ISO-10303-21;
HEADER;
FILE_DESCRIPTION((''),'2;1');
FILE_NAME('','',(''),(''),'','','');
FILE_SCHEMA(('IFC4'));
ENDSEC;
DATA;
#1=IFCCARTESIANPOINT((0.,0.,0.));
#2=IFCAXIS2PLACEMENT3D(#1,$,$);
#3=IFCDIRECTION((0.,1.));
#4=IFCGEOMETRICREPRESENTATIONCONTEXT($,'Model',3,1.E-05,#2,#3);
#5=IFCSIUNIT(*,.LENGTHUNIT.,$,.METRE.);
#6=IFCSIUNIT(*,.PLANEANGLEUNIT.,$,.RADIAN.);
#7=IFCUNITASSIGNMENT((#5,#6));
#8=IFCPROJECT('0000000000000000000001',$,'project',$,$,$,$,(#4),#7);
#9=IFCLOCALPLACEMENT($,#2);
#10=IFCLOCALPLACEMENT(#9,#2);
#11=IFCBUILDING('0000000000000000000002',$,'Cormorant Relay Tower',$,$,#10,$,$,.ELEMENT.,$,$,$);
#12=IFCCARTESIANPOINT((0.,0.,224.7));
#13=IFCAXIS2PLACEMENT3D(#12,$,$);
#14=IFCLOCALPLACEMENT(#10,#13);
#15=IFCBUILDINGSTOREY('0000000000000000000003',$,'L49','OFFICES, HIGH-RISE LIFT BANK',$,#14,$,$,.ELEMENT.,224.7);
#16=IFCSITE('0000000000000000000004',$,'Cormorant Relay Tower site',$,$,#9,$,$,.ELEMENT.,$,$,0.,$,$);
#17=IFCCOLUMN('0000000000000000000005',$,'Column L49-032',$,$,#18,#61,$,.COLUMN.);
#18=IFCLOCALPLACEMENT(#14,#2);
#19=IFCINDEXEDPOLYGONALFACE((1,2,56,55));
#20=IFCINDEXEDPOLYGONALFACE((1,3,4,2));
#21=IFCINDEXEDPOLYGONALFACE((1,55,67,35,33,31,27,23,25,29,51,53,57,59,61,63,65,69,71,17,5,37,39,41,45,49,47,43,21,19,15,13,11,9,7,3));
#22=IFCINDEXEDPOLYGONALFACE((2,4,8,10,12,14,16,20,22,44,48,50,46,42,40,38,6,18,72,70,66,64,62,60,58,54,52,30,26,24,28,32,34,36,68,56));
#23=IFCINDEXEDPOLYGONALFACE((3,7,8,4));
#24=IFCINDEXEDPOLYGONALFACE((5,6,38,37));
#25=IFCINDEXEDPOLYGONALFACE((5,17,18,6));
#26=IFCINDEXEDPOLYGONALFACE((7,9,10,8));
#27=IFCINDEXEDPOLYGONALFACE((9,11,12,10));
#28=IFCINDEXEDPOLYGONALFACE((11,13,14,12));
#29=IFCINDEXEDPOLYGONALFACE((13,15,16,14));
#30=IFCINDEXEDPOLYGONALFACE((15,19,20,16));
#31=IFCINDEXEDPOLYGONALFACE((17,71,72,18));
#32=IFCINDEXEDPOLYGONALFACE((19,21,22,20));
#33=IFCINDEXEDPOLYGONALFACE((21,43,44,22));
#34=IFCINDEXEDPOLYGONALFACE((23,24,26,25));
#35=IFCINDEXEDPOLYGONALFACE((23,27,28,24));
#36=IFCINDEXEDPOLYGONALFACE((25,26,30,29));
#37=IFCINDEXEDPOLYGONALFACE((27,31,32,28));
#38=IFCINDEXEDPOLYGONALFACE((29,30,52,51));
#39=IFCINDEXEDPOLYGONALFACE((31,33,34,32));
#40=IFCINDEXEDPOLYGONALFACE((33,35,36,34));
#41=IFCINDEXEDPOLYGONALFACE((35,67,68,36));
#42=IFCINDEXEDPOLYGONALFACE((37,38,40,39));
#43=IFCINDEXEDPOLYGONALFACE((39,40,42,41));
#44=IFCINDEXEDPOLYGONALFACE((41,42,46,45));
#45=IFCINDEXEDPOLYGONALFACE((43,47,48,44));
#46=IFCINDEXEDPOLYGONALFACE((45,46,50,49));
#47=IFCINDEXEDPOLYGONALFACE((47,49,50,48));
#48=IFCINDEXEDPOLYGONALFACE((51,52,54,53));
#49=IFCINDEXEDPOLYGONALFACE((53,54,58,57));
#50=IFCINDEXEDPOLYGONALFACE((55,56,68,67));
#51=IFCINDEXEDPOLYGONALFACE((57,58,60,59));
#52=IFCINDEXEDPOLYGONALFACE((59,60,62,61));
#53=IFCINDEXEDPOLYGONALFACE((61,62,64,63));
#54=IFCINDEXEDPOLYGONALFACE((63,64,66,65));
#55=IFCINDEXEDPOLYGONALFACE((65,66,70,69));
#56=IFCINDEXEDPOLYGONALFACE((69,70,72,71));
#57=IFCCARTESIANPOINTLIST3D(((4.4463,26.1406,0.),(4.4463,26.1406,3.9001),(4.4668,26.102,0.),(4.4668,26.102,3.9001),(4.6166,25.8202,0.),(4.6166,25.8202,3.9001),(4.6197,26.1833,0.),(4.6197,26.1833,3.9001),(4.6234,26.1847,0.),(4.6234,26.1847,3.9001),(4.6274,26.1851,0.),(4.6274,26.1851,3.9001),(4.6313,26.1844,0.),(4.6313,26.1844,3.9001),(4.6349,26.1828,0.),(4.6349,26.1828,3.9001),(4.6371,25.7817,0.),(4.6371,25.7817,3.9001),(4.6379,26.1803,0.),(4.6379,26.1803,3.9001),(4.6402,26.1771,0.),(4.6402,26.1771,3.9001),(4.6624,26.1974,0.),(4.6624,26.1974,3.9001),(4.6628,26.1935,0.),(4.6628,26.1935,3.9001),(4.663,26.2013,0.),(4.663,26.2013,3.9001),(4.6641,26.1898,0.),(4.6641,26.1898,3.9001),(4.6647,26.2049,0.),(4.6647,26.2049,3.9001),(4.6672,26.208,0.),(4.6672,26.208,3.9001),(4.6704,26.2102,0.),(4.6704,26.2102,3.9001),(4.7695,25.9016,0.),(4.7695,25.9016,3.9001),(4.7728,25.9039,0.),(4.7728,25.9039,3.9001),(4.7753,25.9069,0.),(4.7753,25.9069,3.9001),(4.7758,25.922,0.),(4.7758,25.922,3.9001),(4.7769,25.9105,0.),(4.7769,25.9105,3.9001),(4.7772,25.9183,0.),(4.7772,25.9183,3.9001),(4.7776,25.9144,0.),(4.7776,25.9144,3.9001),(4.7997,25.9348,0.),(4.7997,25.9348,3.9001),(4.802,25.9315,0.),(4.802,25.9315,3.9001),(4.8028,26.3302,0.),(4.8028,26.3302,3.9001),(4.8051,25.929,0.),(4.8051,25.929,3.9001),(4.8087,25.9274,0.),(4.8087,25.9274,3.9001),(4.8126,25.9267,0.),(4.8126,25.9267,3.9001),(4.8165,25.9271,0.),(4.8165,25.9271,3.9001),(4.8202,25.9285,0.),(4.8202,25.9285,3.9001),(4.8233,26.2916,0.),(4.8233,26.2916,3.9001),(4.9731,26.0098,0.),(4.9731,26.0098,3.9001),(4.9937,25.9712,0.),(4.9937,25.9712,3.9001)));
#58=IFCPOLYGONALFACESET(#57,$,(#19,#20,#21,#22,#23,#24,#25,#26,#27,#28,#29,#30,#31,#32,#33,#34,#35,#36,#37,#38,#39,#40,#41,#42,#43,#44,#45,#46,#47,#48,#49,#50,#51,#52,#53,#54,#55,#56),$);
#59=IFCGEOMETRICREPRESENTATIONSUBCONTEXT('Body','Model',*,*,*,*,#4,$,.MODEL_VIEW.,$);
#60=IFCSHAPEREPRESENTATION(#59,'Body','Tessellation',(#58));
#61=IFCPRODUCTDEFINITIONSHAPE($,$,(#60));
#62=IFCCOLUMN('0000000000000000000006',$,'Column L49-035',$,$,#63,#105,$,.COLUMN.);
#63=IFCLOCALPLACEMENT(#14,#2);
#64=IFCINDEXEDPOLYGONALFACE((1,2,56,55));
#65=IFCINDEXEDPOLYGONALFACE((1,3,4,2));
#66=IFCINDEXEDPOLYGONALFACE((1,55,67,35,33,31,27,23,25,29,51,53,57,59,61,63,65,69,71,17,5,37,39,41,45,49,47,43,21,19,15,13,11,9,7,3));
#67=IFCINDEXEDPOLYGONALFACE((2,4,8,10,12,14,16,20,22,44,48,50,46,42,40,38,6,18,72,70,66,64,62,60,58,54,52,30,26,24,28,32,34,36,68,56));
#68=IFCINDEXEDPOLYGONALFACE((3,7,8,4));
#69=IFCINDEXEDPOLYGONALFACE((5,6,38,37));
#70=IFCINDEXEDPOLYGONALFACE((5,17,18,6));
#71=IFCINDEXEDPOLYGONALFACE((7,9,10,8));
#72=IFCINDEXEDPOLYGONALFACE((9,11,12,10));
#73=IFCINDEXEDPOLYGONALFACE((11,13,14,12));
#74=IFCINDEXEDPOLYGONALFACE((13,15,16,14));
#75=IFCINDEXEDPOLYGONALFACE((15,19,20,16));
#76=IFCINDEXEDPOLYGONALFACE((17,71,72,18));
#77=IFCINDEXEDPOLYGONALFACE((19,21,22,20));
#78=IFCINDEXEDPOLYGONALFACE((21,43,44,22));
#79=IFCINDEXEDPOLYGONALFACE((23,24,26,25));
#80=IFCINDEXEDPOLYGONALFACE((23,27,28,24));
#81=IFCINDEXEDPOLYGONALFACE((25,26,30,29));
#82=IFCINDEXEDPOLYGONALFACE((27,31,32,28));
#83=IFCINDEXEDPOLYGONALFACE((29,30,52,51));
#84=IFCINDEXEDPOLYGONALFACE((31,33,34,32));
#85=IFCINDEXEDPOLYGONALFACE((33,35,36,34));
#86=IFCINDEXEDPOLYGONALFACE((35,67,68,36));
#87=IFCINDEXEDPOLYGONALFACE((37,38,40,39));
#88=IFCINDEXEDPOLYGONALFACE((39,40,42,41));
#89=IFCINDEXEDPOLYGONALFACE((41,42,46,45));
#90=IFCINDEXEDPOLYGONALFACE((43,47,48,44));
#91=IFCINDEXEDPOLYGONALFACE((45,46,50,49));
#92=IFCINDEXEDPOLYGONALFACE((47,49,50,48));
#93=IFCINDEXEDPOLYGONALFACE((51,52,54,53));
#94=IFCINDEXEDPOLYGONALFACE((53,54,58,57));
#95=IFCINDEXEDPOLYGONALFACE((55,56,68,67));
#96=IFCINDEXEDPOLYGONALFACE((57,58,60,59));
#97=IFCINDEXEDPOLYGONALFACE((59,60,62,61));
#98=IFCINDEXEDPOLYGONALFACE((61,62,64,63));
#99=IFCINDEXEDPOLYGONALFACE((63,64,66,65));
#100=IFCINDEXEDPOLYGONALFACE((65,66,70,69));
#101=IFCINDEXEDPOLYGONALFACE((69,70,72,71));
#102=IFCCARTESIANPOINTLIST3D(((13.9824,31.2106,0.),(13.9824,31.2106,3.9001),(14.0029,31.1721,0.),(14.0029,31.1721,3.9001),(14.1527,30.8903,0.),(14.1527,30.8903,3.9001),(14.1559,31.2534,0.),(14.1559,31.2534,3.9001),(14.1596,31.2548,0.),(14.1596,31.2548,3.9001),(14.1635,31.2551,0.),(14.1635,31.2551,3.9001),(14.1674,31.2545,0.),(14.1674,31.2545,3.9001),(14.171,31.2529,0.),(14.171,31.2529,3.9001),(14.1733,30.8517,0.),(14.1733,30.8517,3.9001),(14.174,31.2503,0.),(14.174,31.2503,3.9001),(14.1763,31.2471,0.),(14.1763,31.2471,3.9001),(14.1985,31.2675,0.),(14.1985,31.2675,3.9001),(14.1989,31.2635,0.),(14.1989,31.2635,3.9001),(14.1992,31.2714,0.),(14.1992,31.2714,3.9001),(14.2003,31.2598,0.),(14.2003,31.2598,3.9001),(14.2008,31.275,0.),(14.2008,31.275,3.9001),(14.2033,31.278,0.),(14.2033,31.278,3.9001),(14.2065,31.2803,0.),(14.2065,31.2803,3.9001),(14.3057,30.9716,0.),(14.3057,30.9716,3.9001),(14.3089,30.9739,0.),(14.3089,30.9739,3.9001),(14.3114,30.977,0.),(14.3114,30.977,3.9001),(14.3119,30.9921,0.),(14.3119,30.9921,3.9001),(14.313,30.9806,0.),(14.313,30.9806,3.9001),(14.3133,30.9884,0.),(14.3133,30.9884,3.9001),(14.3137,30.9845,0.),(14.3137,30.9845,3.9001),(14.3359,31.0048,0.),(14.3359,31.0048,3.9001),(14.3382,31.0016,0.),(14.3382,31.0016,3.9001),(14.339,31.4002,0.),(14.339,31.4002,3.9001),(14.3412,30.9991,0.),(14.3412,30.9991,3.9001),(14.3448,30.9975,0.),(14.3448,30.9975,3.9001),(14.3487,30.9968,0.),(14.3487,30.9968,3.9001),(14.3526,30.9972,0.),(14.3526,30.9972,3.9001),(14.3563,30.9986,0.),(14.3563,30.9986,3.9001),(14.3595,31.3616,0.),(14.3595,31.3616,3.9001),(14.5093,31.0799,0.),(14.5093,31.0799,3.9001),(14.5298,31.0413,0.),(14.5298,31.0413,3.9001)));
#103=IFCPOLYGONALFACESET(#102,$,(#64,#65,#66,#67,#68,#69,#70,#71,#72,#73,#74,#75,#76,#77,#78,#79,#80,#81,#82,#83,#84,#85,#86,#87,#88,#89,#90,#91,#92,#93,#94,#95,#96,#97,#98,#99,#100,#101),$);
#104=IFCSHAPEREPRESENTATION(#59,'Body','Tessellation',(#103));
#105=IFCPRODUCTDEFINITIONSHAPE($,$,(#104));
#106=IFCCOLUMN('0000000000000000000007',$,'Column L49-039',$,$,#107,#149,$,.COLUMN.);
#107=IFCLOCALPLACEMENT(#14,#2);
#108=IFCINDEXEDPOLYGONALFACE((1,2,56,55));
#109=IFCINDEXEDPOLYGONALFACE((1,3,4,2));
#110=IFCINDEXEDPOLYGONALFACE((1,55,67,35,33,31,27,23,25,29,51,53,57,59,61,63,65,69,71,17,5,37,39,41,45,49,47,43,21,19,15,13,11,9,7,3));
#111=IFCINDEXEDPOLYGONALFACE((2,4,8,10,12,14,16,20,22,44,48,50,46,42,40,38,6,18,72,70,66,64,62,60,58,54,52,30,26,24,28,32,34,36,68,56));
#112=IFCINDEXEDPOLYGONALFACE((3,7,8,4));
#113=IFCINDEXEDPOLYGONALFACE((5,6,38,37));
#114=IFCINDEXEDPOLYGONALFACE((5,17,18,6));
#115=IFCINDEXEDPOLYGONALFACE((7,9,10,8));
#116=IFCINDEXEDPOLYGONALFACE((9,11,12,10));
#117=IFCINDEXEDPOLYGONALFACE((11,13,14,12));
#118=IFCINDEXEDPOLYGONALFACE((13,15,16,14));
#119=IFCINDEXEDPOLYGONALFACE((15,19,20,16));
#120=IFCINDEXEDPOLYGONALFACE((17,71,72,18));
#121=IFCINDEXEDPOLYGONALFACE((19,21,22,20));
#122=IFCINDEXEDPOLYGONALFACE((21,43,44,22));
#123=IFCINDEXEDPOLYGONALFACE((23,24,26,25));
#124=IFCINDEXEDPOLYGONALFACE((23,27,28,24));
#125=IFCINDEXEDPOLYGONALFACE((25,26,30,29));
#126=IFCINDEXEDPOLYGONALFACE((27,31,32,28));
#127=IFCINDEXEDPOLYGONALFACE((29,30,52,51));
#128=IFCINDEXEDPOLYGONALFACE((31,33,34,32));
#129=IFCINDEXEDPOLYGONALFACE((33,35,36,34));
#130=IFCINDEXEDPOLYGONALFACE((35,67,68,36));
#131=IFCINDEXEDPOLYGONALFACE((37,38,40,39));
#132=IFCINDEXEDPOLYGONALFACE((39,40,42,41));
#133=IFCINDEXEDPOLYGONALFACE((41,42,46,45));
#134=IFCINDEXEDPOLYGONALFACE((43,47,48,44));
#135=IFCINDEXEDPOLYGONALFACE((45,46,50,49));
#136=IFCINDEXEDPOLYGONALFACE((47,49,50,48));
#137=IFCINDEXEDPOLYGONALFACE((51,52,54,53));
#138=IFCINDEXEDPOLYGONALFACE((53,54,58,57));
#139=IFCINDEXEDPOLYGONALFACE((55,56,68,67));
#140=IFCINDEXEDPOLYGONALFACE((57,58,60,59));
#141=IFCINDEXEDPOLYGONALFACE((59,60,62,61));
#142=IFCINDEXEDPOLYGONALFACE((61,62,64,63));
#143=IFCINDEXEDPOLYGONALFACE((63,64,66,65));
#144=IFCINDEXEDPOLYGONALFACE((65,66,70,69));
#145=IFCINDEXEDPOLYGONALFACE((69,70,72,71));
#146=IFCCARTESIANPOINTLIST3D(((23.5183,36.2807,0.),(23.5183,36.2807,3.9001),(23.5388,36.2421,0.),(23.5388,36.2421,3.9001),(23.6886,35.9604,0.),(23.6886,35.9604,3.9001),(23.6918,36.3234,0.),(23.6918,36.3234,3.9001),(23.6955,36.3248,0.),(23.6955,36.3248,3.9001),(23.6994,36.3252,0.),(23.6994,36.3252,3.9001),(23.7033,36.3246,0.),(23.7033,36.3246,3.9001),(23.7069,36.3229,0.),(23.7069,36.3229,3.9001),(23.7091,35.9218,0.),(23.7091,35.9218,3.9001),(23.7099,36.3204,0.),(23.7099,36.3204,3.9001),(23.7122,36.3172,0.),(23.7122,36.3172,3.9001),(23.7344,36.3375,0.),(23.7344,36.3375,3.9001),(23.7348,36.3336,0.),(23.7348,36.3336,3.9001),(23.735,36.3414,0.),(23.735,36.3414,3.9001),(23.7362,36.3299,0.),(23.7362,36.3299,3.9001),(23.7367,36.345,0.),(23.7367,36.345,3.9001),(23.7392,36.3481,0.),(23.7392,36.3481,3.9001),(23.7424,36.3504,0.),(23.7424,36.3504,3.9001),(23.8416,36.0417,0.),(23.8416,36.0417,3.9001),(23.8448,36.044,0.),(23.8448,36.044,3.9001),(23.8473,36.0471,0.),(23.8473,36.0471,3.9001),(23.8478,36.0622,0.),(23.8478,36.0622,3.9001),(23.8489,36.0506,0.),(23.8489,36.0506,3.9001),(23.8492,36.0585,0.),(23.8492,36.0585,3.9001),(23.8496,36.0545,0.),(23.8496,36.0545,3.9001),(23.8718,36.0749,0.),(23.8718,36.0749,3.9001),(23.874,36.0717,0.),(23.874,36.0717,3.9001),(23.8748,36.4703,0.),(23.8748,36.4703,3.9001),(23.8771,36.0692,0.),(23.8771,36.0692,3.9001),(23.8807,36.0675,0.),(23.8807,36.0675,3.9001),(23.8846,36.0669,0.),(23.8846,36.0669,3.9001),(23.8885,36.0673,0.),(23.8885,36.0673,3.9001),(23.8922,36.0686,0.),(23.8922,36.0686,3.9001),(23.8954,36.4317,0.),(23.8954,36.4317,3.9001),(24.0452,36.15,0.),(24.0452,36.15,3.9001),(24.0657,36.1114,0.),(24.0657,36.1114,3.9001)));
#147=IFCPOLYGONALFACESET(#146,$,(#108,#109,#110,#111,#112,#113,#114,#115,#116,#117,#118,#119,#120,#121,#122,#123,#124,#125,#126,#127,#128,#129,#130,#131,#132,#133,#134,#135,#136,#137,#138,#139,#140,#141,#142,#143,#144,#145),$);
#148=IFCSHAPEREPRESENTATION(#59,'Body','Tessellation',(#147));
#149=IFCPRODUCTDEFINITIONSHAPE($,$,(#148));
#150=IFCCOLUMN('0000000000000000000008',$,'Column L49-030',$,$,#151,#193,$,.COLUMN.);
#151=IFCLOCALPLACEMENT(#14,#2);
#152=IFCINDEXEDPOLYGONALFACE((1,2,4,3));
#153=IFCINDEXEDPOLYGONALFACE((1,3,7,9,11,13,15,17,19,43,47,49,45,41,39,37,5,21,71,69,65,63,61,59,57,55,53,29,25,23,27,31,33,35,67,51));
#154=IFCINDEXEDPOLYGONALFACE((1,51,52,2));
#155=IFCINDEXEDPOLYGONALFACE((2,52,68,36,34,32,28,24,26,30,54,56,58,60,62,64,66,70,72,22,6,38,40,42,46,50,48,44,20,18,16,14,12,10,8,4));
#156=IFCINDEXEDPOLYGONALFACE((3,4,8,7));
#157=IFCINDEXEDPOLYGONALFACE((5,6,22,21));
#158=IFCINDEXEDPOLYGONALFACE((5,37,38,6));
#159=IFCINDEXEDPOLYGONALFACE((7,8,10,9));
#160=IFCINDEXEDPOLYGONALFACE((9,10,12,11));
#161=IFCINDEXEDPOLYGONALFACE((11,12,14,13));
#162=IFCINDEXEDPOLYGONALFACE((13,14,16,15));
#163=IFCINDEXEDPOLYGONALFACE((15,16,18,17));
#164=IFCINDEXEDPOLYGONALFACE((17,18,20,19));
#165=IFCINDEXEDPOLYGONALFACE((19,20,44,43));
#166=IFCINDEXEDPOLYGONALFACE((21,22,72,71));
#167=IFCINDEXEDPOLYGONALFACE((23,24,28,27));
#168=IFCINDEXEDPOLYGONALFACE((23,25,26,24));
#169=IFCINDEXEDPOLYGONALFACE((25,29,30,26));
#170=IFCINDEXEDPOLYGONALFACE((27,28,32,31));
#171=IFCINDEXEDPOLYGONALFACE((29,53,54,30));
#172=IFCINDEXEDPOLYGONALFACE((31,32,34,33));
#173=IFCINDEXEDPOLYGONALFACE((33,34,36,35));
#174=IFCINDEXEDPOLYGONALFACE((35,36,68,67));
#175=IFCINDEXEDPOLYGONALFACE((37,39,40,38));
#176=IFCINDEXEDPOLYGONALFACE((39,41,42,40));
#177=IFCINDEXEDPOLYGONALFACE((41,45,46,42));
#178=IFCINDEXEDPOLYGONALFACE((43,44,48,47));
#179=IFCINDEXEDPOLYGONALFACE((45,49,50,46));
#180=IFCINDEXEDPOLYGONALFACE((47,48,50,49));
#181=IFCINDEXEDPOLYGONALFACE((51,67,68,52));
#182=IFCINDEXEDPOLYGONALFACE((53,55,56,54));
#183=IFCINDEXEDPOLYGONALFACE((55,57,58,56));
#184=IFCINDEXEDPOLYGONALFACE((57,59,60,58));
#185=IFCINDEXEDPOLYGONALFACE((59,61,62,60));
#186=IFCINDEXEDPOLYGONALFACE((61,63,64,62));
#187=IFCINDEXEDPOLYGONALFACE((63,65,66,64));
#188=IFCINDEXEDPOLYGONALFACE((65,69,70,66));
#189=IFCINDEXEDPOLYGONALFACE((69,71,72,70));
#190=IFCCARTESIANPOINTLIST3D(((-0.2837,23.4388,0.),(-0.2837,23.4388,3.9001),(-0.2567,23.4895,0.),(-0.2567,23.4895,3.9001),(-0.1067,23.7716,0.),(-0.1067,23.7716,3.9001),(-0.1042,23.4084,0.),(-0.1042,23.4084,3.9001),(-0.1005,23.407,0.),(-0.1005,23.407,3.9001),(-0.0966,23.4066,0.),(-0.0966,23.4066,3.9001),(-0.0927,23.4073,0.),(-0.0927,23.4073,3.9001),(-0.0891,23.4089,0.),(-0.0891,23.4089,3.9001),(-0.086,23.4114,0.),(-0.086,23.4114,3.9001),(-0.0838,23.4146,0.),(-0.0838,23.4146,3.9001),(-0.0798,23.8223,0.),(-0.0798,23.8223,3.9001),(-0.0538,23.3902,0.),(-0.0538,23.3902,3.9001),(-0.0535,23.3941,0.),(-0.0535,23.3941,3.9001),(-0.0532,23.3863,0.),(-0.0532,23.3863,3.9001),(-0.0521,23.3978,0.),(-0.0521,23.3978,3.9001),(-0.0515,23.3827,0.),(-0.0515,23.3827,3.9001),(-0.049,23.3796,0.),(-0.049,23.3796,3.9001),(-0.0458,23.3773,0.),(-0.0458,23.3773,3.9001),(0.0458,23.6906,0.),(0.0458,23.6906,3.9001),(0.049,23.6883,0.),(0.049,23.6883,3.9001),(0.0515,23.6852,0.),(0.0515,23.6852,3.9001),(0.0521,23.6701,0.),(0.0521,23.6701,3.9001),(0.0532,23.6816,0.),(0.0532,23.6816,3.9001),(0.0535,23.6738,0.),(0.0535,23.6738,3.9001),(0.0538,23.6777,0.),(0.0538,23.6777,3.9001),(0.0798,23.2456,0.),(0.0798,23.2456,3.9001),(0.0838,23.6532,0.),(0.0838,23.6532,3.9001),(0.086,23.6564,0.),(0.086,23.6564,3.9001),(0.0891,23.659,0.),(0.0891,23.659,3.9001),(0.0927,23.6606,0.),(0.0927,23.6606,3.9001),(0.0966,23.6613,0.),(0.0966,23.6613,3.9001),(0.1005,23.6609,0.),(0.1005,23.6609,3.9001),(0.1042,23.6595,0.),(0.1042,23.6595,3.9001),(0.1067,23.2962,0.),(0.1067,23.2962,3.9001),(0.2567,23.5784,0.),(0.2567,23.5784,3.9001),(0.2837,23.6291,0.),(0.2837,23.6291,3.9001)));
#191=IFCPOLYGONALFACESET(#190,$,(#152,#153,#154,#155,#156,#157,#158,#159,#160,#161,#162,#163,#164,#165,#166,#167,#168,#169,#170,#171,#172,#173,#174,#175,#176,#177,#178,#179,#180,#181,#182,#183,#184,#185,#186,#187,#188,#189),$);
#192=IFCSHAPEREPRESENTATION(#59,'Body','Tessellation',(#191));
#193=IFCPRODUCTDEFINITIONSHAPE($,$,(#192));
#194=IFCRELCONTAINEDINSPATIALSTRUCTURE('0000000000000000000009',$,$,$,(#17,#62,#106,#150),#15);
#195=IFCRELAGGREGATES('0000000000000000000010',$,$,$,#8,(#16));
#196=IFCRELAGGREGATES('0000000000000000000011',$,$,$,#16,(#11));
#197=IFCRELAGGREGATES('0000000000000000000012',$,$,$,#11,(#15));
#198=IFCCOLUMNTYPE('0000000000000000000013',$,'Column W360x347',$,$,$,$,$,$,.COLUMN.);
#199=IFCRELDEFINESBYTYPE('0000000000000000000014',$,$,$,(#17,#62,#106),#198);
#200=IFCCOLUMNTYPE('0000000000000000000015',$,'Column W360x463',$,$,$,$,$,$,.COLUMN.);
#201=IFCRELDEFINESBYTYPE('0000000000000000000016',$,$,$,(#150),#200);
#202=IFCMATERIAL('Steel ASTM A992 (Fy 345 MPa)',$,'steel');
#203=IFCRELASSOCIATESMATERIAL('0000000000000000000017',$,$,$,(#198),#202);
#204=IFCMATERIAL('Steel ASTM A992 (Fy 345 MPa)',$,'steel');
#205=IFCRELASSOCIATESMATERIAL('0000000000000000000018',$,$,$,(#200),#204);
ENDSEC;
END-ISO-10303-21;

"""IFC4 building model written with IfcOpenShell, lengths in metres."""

from ifc_helpers import new_model, si_unit, direction, frame, origin, origin_2d, place, context, subcontext, project, spatial, i_section, extrude, material, material_profile, profile_set, type_object, element, save


model = new_model("IFC4")

# Units and contexts
model_context = context("Model", 3, precision=1e-05, world=origin(), true_north=direction((0.0, 1.0)))
body_context = subcontext(model_context, "Body", "Model", "MODEL_VIEW")
ifc_project = project(units=[si_unit("LENGTHUNIT", "METRE"), si_unit("PLANEANGLEUNIT", "RADIAN")], contexts=[model_context])

# Site, building, storey
site_placement = place(None, origin())
site = spatial("IfcSite", under=ifc_project, at=site_placement, Name="Cormorant Relay Tower site", CompositionType="ELEMENT", RefElevation=0.0)
building_placement = place(site_placement, origin())
building = spatial("IfcBuilding", under=site, at=building_placement, Name="Cormorant Relay Tower", CompositionType="ELEMENT")
storey_placement = place(building_placement, frame((0.0, 0.0, 224.7)))
storey = spatial("IfcBuildingStorey", under=building, at=storey_placement, Name="L49", Description="OFFICES, HIGH-RISE LIFT BANK", CompositionType="ELEMENT", Elevation=224.7)

# Columns
ifc_material_1 = material(Name="Steel ASTM A992 (Fy 345 MPa)", Category="steel")
ifc_material_profile_1 = material_profile(ifc_material_1, i_section(OverallWidth=0.4038, OverallDepth=0.4065, WebThickness=0.0271, FlangeThickness=0.0437, FilletRadius=0.0151, at=origin_2d()), Name="W360x347")
ifc_profile_set_1 = profile_set([ifc_material_profile_1], Name="Steel ASTM A992 (Fy 345 MPa)")
column_type_1 = type_object("IfcColumnType", Name="Column W360x347", PredefinedType="COLUMN", material=ifc_profile_set_1)
for number, where, z_axis, x_axis, name in (
    (1, (4.72, 26.0559, 0.0), (0.0, 0.0, 1.0), (-0.882948, -0.469472, 0.0), "Column L49-032"),
    (2, (14.2561, 31.126, 0.0), (0.0, 0.0, 1.0), (-0.882948, -0.469472, 0.0), "Column L49-035"),
    (3, (23.792, 36.196, 0.0), (0.0, 0.0, 1.0), (-0.882948, -0.469472, 0.0), "Column L49-039"),
):
    element("IfcColumn", number, at=place(storey_placement, frame(where, z_axis=z_axis, x_axis=x_axis)), inside=storey, type_object=column_type_1, Name=name, PredefinedType="COLUMN", context=body_context, shape_type="SweptSolid", body=[
        extrude(i_section(OverallWidth=0.4038, OverallDepth=0.4065, WebThickness=0.0271, FlangeThickness=0.0437, FilletRadius=0.0151, at=origin_2d()), origin(), (0.0, 0.0, 1.0), 3.9001),
    ])
ifc_material_2 = material(Name="Steel ASTM A992 (Fy 345 MPa)", Category="steel")
ifc_material_profile_2 = material_profile(ifc_material_2, i_section(OverallWidth=0.4116, OverallDepth=0.4343, WebThickness=0.0359, FlangeThickness=0.0574, FilletRadius=0.0151, at=origin_2d()), Name="W360x463")
ifc_profile_set_2 = profile_set([ifc_material_profile_2], Name="Steel ASTM A992 (Fy 345 MPa)")
column_type_2 = type_object("IfcColumnType", Name="Column W360x463", PredefinedType="COLUMN", material=ifc_profile_set_2)
column_placement = place(storey_placement, frame((0.0, 23.5339, 0.0), z_axis=(0.0, 0.0, 1.0), x_axis=(-0.882948, 0.469472, 0.0)))
element("IfcColumn", 4, at=column_placement, inside=storey, type_object=column_type_2, Name="Column L49-030", PredefinedType="COLUMN", context=body_context, shape_type="SweptSolid", body=[
    extrude(i_section(OverallWidth=0.4116, OverallDepth=0.4343, WebThickness=0.0359, FlangeThickness=0.0574, FilletRadius=0.0151, at=origin_2d()), origin(), (0.0, 0.0, 1.0), 3.9001),
])

save(model, "model.ifc")
